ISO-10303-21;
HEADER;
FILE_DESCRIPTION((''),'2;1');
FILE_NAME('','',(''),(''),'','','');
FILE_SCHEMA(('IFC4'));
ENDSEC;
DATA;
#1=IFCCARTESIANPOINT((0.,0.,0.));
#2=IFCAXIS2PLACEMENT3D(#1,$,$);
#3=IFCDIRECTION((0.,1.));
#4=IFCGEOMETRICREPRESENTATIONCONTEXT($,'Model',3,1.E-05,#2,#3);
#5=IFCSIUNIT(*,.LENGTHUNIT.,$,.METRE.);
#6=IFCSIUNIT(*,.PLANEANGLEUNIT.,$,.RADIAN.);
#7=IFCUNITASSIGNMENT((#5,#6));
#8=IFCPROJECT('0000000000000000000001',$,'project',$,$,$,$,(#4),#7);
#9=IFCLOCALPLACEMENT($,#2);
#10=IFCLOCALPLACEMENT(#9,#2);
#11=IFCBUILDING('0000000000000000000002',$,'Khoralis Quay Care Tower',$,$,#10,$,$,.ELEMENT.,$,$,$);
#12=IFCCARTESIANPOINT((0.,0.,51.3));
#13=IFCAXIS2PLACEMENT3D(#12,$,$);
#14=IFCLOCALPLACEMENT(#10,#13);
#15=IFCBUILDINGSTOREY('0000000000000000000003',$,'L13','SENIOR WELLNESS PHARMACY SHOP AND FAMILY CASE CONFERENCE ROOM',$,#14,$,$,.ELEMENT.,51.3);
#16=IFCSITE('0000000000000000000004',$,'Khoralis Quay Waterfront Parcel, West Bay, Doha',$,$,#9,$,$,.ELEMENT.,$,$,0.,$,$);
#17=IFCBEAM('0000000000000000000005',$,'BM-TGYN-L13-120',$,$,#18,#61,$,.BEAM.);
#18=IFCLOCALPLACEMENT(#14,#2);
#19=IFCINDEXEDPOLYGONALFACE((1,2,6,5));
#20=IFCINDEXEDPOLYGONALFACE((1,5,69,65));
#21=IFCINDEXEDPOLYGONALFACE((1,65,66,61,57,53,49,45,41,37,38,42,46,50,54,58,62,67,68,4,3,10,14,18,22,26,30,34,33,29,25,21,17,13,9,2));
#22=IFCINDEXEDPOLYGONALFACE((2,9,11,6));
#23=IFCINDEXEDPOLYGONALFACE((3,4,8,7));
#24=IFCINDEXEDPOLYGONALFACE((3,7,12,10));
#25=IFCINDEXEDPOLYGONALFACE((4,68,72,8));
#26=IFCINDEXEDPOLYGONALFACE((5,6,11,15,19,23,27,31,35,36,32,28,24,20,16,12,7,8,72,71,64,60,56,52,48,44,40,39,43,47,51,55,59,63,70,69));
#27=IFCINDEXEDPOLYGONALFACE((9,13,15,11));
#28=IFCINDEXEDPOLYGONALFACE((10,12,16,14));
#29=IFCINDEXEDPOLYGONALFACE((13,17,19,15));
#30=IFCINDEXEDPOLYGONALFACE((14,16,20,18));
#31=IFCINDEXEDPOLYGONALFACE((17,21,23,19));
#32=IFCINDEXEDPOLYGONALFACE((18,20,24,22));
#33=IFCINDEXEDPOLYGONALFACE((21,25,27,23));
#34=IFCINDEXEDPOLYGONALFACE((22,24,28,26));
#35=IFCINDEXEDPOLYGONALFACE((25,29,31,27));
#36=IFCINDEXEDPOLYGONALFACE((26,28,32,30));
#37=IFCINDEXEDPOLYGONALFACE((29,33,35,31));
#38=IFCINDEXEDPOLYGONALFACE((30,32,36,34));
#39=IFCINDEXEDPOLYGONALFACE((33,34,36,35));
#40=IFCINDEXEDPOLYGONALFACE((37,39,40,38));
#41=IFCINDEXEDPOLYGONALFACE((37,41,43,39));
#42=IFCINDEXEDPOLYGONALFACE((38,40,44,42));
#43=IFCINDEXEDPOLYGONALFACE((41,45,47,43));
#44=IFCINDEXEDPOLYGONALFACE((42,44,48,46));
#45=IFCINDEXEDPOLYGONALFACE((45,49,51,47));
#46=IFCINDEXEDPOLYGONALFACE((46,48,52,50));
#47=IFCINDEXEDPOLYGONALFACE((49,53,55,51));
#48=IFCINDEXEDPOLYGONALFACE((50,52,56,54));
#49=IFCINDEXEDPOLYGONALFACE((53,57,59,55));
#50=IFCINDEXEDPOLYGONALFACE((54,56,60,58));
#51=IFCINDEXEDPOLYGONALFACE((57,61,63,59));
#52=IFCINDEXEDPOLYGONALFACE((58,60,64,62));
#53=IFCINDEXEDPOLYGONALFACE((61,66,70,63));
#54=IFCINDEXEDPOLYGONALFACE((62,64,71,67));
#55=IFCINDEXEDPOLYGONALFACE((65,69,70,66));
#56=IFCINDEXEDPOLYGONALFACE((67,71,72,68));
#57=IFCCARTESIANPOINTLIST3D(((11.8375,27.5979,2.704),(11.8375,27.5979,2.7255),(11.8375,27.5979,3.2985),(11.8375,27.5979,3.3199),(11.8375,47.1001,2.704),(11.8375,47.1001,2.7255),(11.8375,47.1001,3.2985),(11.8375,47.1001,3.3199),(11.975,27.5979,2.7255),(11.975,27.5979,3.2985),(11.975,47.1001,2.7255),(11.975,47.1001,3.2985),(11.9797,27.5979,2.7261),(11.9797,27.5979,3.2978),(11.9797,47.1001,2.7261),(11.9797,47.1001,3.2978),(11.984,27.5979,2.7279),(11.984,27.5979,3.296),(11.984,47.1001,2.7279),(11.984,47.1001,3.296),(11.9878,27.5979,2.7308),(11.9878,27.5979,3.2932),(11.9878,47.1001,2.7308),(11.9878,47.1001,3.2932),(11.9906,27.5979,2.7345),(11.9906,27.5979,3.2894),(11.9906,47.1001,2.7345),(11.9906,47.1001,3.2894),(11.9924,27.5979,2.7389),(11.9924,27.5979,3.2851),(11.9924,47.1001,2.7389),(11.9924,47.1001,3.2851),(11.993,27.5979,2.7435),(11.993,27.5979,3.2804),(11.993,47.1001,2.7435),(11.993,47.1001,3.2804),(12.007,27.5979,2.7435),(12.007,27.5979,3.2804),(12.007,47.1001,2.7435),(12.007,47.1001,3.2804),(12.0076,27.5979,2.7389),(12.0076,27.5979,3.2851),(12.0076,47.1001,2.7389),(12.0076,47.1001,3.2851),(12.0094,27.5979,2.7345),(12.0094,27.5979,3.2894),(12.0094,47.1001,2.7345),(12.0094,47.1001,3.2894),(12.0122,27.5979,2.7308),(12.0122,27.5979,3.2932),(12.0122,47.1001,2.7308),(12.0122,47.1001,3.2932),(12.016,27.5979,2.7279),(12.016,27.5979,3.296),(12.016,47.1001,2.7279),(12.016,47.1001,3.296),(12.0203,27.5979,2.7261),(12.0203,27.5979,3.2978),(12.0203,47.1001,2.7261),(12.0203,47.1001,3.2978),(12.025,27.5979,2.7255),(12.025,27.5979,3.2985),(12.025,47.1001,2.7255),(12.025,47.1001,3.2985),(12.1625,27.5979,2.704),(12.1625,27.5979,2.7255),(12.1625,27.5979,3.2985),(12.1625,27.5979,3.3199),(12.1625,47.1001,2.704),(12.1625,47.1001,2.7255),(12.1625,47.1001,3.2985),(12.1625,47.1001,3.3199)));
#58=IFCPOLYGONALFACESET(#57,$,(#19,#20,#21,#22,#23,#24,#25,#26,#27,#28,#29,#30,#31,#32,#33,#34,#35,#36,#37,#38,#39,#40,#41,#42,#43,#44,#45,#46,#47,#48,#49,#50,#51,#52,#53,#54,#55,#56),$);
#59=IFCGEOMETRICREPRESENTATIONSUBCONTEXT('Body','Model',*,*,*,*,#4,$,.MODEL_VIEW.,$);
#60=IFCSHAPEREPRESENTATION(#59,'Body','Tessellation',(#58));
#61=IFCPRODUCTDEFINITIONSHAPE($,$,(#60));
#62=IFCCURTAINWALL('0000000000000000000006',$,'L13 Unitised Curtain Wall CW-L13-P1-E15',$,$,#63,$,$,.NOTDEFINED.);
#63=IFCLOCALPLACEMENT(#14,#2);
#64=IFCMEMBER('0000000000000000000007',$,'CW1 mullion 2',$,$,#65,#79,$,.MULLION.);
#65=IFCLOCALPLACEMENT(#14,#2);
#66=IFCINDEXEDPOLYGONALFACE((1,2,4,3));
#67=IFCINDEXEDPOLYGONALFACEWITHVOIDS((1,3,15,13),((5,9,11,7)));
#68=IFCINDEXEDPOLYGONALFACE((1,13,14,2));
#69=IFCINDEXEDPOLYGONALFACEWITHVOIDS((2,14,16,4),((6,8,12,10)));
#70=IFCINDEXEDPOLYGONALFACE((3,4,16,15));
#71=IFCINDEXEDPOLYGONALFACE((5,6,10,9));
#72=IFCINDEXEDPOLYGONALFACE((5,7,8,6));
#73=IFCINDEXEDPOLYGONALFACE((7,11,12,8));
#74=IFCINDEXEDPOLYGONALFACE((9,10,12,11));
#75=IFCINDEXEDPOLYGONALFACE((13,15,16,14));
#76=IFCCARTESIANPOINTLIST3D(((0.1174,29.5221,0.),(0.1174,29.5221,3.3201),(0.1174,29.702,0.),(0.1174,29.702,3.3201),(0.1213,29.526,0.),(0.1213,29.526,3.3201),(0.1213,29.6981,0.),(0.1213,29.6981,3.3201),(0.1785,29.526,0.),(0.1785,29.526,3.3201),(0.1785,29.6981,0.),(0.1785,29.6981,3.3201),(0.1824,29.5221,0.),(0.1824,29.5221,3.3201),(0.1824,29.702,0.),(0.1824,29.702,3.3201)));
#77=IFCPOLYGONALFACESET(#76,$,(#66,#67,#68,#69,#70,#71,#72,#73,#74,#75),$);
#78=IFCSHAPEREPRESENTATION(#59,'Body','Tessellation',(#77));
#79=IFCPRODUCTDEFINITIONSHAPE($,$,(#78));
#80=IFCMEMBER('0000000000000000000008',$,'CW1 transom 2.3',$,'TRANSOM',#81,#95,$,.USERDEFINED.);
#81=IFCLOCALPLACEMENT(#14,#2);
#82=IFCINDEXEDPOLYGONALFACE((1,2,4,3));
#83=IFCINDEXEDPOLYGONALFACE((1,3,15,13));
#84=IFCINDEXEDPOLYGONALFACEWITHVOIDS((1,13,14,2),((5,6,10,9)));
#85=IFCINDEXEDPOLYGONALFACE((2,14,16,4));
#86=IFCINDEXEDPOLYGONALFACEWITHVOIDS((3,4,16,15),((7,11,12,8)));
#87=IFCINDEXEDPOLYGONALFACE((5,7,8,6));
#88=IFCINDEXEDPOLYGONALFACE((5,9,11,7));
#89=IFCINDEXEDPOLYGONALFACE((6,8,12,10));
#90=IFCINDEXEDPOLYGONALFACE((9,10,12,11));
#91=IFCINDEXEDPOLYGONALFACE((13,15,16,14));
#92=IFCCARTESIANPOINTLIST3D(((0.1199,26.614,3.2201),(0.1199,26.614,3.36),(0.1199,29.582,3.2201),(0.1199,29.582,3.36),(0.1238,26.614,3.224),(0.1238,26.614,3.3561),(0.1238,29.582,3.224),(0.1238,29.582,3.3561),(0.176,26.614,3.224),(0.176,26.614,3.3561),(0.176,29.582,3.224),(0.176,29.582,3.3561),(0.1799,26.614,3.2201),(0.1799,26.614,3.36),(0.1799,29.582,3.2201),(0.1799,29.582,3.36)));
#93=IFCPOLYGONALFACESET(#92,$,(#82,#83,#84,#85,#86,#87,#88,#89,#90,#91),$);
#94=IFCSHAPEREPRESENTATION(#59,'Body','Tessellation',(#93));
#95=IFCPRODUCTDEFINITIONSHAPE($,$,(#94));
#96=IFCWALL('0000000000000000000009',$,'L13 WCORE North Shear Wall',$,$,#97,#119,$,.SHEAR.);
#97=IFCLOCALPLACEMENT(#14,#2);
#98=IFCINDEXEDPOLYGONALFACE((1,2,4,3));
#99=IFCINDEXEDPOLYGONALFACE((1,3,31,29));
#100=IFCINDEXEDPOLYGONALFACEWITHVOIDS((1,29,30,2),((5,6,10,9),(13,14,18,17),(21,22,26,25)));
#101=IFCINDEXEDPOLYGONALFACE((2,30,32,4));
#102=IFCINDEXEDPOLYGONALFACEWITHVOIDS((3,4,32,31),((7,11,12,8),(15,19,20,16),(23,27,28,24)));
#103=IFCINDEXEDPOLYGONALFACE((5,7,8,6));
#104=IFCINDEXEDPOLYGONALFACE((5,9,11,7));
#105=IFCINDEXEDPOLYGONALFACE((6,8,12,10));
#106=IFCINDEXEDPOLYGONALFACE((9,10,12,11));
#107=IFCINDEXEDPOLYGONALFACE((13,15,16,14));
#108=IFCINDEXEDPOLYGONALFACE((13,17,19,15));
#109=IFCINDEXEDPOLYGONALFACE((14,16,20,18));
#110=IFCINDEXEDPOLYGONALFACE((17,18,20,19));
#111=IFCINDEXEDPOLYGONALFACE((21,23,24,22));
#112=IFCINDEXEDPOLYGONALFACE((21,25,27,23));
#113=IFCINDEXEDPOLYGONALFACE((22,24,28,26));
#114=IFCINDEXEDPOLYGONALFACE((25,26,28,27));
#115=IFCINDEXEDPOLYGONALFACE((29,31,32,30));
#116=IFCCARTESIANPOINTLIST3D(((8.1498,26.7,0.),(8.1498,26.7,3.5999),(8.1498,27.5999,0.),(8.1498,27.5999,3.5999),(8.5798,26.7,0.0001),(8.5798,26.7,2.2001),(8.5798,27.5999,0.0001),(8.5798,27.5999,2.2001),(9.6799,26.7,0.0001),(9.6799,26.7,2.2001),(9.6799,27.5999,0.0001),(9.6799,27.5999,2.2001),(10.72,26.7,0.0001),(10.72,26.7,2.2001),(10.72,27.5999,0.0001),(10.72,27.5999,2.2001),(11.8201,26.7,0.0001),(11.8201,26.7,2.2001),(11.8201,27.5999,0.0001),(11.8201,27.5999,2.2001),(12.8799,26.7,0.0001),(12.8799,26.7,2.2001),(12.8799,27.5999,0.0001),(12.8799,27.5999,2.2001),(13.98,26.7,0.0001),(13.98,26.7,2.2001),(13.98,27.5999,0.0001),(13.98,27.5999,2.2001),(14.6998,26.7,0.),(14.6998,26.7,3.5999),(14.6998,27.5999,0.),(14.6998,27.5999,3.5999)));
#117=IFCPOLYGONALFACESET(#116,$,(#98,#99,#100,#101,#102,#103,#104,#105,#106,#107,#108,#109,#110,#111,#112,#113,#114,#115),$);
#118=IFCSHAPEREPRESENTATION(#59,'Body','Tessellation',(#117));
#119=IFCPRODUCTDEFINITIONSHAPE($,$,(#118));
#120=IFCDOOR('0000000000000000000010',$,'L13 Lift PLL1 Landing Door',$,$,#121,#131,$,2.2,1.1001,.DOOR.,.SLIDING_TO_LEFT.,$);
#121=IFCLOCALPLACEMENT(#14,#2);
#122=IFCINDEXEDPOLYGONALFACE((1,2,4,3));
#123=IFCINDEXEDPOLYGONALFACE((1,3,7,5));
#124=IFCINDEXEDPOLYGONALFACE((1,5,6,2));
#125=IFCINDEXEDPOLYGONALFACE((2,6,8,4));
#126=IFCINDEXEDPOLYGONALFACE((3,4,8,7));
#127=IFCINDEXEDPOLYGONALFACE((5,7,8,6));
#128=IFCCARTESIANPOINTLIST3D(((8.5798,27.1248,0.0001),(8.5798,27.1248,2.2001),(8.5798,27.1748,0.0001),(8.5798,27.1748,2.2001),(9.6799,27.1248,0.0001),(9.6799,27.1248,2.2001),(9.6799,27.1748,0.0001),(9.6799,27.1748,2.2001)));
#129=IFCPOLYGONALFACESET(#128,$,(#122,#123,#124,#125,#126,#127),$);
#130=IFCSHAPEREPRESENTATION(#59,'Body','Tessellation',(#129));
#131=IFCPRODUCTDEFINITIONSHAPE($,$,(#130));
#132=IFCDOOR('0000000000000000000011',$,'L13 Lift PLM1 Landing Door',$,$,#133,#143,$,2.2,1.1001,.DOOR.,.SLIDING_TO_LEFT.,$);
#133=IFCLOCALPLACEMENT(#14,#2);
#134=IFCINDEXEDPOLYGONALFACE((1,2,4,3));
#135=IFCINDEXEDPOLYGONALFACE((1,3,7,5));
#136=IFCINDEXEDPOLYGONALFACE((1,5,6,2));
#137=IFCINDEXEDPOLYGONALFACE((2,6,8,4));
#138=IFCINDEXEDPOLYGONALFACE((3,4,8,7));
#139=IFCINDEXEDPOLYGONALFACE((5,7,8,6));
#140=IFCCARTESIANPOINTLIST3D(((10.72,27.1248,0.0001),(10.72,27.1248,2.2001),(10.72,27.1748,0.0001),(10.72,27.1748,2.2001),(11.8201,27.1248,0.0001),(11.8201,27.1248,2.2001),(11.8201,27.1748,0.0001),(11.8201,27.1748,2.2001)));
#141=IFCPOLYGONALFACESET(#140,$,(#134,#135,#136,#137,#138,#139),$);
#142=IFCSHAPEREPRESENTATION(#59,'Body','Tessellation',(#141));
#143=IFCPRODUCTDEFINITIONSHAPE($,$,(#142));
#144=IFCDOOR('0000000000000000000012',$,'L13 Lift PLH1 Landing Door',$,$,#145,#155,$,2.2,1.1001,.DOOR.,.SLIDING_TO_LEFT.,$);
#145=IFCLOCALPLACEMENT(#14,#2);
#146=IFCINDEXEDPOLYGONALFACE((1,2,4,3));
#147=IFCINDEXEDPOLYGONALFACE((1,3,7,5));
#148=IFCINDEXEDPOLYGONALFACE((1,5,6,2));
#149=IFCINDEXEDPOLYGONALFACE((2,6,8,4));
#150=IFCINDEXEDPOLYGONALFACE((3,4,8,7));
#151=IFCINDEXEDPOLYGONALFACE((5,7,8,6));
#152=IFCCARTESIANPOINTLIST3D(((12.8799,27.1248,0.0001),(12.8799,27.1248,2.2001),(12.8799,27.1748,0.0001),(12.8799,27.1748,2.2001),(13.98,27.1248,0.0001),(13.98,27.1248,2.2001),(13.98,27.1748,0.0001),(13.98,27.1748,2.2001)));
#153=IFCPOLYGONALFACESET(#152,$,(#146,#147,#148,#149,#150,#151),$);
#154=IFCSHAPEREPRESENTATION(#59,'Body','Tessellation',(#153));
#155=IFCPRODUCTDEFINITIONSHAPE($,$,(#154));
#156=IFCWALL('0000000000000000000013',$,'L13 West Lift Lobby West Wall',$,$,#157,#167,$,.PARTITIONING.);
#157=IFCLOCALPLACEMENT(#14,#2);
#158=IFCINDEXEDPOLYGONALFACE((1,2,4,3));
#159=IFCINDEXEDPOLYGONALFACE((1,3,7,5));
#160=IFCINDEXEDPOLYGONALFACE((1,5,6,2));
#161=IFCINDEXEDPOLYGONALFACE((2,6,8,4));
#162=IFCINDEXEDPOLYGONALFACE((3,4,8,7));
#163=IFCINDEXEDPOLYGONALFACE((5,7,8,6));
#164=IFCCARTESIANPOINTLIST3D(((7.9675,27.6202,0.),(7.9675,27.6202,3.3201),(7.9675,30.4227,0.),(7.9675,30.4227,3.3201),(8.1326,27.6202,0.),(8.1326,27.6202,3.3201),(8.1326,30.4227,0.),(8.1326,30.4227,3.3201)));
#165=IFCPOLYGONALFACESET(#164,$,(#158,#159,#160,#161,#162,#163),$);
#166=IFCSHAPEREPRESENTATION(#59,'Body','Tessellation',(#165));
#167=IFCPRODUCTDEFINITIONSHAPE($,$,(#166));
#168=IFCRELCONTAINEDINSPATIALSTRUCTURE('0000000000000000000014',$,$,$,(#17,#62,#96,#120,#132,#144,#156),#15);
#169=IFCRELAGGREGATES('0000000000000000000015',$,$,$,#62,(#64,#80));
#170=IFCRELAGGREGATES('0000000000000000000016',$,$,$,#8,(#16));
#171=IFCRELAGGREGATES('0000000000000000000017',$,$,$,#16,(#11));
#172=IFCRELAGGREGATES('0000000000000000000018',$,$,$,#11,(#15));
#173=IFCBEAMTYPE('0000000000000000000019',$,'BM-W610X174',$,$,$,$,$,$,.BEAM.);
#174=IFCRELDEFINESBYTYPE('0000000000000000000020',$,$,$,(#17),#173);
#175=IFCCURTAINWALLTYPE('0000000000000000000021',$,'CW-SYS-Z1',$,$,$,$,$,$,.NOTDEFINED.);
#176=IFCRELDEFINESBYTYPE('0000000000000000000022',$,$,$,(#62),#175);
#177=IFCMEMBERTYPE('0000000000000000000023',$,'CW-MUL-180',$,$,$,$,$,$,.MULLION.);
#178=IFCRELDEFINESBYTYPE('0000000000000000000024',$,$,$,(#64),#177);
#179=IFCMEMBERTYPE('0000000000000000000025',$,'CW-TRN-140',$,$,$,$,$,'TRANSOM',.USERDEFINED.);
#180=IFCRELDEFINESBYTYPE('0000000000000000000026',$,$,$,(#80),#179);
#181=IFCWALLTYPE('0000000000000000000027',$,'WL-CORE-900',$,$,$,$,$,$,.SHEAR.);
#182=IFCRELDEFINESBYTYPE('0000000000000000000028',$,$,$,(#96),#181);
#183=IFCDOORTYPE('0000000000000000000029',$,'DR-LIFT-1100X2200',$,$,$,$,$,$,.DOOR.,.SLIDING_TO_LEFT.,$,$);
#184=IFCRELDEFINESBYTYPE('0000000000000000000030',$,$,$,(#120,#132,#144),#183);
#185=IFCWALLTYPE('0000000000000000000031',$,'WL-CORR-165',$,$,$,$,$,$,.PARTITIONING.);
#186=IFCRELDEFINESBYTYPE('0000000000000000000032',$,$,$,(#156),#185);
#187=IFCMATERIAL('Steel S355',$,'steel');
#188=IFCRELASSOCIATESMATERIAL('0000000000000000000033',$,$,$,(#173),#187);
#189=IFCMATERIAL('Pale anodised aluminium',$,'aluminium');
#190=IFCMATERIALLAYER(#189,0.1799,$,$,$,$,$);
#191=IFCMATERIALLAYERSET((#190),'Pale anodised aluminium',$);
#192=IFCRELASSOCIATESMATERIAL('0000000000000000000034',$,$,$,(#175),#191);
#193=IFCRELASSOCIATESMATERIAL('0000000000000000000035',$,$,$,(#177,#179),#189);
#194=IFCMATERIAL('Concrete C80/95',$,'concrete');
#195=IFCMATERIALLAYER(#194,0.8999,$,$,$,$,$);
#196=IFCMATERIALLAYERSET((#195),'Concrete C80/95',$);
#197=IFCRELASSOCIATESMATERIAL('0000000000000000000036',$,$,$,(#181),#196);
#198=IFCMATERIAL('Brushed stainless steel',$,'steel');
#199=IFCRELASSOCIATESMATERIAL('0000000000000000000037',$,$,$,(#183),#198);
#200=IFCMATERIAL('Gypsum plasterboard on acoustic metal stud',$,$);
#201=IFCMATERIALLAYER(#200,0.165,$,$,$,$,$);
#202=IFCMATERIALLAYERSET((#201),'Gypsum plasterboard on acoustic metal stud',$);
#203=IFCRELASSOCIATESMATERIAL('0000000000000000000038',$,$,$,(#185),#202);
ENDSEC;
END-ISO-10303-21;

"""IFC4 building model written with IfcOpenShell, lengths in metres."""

from ifc_helpers import new_model, si_unit, direction, frame, frame_2d, origin, origin_2d, place, context, subcontext, project, spatial, rectangle, hollow_rectangle, i_section, extrude, source, transform, mapped, material, layer, layer_set, material_profile, profile_set, type_object, element, fill, aggregate, save


model = new_model("IFC4")

# Units and contexts
model_context = context("Model", 3, precision=1e-05, world=origin(), true_north=direction((0.0, 1.0)))
body_context = subcontext(model_context, "Body", "Model", "MODEL_VIEW")
ifc_project = project(units=[si_unit("LENGTHUNIT", "METRE"), si_unit("PLANEANGLEUNIT", "RADIAN")], contexts=[model_context])

# Site, building, storey
site_placement = place(None, origin())
site = spatial("IfcSite", under=ifc_project, at=site_placement, Name="Khoralis Quay Waterfront Parcel, West Bay, Doha", CompositionType="ELEMENT", RefElevation=0.0)
building_placement = place(site_placement, origin())
building = spatial("IfcBuilding", under=site, at=building_placement, Name="Khoralis Quay Care Tower", CompositionType="ELEMENT")
storey_placement = place(building_placement, frame((0.0, 0.0, 51.3)))
storey = spatial("IfcBuildingStorey", under=building, at=storey_placement, Name="L13", Description="SENIOR WELLNESS PHARMACY SHOP AND FAMILY CASE CONFERENCE ROOM", CompositionType="ELEMENT", Elevation=51.3)

# Shared definitions
ifc_material_1 = material(Name="Concrete C80/95", Category="concrete")

# Beam
ifc_material_2 = material(Name="Steel S355", Category="steel")
ifc_material_profile_1 = material_profile(ifc_material_2, i_section(OverallWidth=0.325, OverallDepth=0.616, WebThickness=0.0139, FlangeThickness=0.0215, FilletRadius=0.0181, at=origin_2d()), Name="Steel S355")
ifc_profile_set_1 = profile_set([ifc_material_profile_1], Name="Steel S355")
beam_type_1 = type_object("IfcBeamType", Name="BM-W610X174", PredefinedType="BEAM", material=ifc_profile_set_1)
shared_shape_1 = source(origin(), body_context, "Body", "SweptSolid", [
    extrude(i_section(OverallWidth=0.325, OverallDepth=0.616, WebThickness=0.0139, FlangeThickness=0.0215, FilletRadius=0.0181, at=origin_2d()), origin(), (0.0, 0.0, 1.0), 19.5022),
])
beam_1_placement = place(storey_placement, frame((12.0, 27.5979, 3.012), z_axis=(0.0, 1.0, 0.0), x_axis=(-1.0, 0.0, 0.0)))
element("IfcBeam", 1, at=beam_1_placement, inside=storey, type_object=beam_type_1, Name="BM-TGYN-L13-120", PredefinedType="BEAM", context=body_context, shape_type="MappedRepresentation", body=[
    mapped(shared_shape_1, transform((0.0, 0.0, 0.0), scale=1.0)),
])

# Curtain wall, members
ifc_material_3 = material(Name="Pale anodised aluminium", Category="aluminium")
ifc_layer_1 = layer(ifc_material_3, 0.1799)
ifc_layer_set_1 = layer_set([ifc_layer_1], Name="Pale anodised aluminium")
curtain_wall_type = type_object("IfcCurtainWallType", Name="CW-SYS-Z1", PredefinedType="NOTDEFINED", material=ifc_layer_set_1)
curtain_wall_placement = place(storey_placement, origin())
curtain_wall = element("IfcCurtainWall", 2, at=curtain_wall_placement, inside=storey, type_object=curtain_wall_type, Name="L13 Unitised Curtain Wall CW-L13-P1-E15", PredefinedType="NOTDEFINED")
ifc_material_profile_2 = material_profile(ifc_material_3, hollow_rectangle(XDim=0.0649, YDim=0.1799, WallThickness=0.0039, at=origin_2d()), Name="Pale anodised aluminium")
ifc_profile_set_2 = profile_set([ifc_material_profile_2], Name="Pale anodised aluminium")
member_type_1 = type_object("IfcMemberType", Name="CW-MUL-180", PredefinedType="MULLION", material=ifc_profile_set_2)
shared_shape_2 = source(origin(), body_context, "Body", "SweptSolid", [
    extrude(hollow_rectangle(XDim=0.0649, YDim=0.1799, WallThickness=0.0039, at=origin_2d()), origin(), (0.0, 0.0, 1.0), 3.3201),
])
member_1_placement = place(storey_placement, frame((0.1499, 29.6121, 0.0), z_axis=(0.0, 0.0, 1.0), x_axis=(1.0, 0.0, 0.0)))
member_1 = element("IfcMember", 3, at=member_1_placement, type_object=member_type_1, Name="CW1 mullion 2", PredefinedType="MULLION", context=body_context, shape_type="MappedRepresentation", body=[
    mapped(shared_shape_2, transform((0.0, 0.0, 0.0), scale=1.0)),
])
ifc_material_profile_3 = material_profile(ifc_material_3, hollow_rectangle(XDim=0.0601, YDim=0.1399, WallThickness=0.0039, at=origin_2d()), Name="Pale anodised aluminium")
ifc_profile_set_3 = profile_set([ifc_material_profile_3], Name="Pale anodised aluminium")
member_type_2 = type_object("IfcMemberType", Name="CW-TRN-140", ElementType="TRANSOM", PredefinedType="USERDEFINED", material=ifc_profile_set_3)
shared_shape_3 = source(origin(), body_context, "Body", "SweptSolid", [
    extrude(hollow_rectangle(XDim=0.0601, YDim=0.1399, WallThickness=0.0039, at=origin_2d()), origin(), (0.0, 0.0, 1.0), 2.968),
])
member_2_placement = place(storey_placement, frame((0.1499, 29.582, 3.29), z_axis=(0.0, -1.0, 0.0), x_axis=(1.0, 0.0, 0.0)))
member_2 = element("IfcMember", 4, at=member_2_placement, type_object=member_type_2, Name="CW1 transom 2.3", ObjectType="TRANSOM", PredefinedType="USERDEFINED", context=body_context, shape_type="MappedRepresentation", body=[
    mapped(shared_shape_3, transform((0.0, 0.0, 0.0), scale=1.0)),
])
aggregate(curtain_wall, [member_1, member_2])

# Wall, openings, doors
ifc_layer_2 = layer(ifc_material_1, 0.8999)
ifc_layer_set_2 = layer_set([ifc_layer_2], Name="Concrete C80/95")
wall_type_1 = type_object("IfcWallType", Name="WL-CORE-900", PredefinedType="SHEAR", material=ifc_layer_set_2)
wall_1_placement = place(storey_placement, frame((8.1499, 27.1499, 0.0), z_axis=(0.0, 0.0, 1.0), x_axis=(1.0, 0.0, 0.0)))
wall_1 = element("IfcWall", 5, at=wall_1_placement, inside=storey, type_object=wall_type_1, Name="L13 WCORE North Shear Wall", PredefinedType="SHEAR", context=body_context, shape_type="SweptSolid", body=[
    extrude(rectangle(XDim=6.55, YDim=0.8999, at=frame_2d((3.2749, 0.0))), origin(), (0.0, 0.0, 1.0), 3.5999),
])
opening_1_placement = place(wall_1_placement, frame((0.4299, 0.0, 0.0)))
opening_1 = element("IfcOpeningElement", 6, at=opening_1_placement, cuts=wall_1, PredefinedType="OPENING", context=body_context, shape_type="SweptSolid", body=[
    extrude(rectangle(XDim=1.1001, YDim=2.2, at=frame_2d((0.55, 1.1001))), frame((0.0, 0.46, 0.0), z_axis=(0.0, -1.0, 0.0), x_axis=(1.0, 0.0, 0.0)), (0.0, 0.0, 1.0), 0.9199),
])
opening_2_placement = place(wall_1_placement, frame((2.5701, 0.0, 0.0)))
opening_2 = element("IfcOpeningElement", 7, at=opening_2_placement, cuts=wall_1, PredefinedType="OPENING", context=body_context, shape_type="SweptSolid", body=[
    extrude(rectangle(XDim=1.1001, YDim=2.2, at=frame_2d((0.55, 1.1001))), frame((0.0, 0.46, 0.0), z_axis=(0.0, -1.0, 0.0), x_axis=(1.0, 0.0, 0.0)), (0.0, 0.0, 1.0), 0.9199),
])
opening_3_placement = place(wall_1_placement, frame((4.73, 0.0, 0.0)))
opening_3 = element("IfcOpeningElement", 8, at=opening_3_placement, cuts=wall_1, PredefinedType="OPENING", context=body_context, shape_type="SweptSolid", body=[
    extrude(rectangle(XDim=1.1001, YDim=2.2, at=frame_2d((0.55, 1.1001))), frame((0.0, 0.46, 0.0), z_axis=(0.0, -1.0, 0.0), x_axis=(1.0, 0.0, 0.0)), (0.0, 0.0, 1.0), 0.9199),
])
ifc_material_4 = material(Name="Brushed stainless steel", Category="steel")
door_type_1 = type_object("IfcDoorType", Name="DR-LIFT-1100X2200", OperationType="SLIDING_TO_LEFT", PredefinedType="DOOR", material=ifc_material_4)
shared_shape_4 = source(origin(), body_context, "Body", "SweptSolid", [
    extrude(rectangle(XDim=1.1001, YDim=2.2, at=frame_2d((0.55, 1.1001))), frame((0.0, 0.0249, 0.0), z_axis=(0.0, -1.0, 0.0), x_axis=(1.0, 0.0, 0.0)), (0.0, 0.0, 1.0), 0.05),
])
door_1_placement = place(opening_1_placement, origin())
door_1 = element("IfcDoor", 9, at=door_1_placement, inside=storey, type_object=door_type_1, Name="L13 Lift PLL1 Landing Door", OperationType="SLIDING_TO_LEFT", OverallHeight=2.2, OverallWidth=1.1001, PredefinedType="DOOR", context=body_context, shape_type="MappedRepresentation", body=[
    mapped(shared_shape_4, transform((0.0, 0.0, 0.0), scale=1.0)),
])
fill(opening_1, door_1)
door_2_placement = place(opening_2_placement, origin())
door_2 = element("IfcDoor", 10, at=door_2_placement, inside=storey, type_object=door_type_1, Name="L13 Lift PLM1 Landing Door", OperationType="SLIDING_TO_LEFT", OverallHeight=2.2, OverallWidth=1.1001, PredefinedType="DOOR", context=body_context, shape_type="MappedRepresentation", body=[
    mapped(shared_shape_4, transform((0.0, 0.0, 0.0), scale=1.0)),
])
fill(opening_2, door_2)
door_3_placement = place(opening_3_placement, origin())
door_3 = element("IfcDoor", 11, at=door_3_placement, inside=storey, type_object=door_type_1, Name="L13 Lift PLH1 Landing Door", OperationType="SLIDING_TO_LEFT", OverallHeight=2.2, OverallWidth=1.1001, PredefinedType="DOOR", context=body_context, shape_type="MappedRepresentation", body=[
    mapped(shared_shape_4, transform((0.0, 0.0, 0.0), scale=1.0)),
])
fill(opening_3, door_3)

# Wall
ifc_material_5 = material(Name="Gypsum plasterboard on acoustic metal stud")
ifc_layer_3 = layer(ifc_material_5, 0.165)
ifc_layer_set_3 = layer_set([ifc_layer_3], Name="Gypsum plasterboard on acoustic metal stud")
wall_type_2 = type_object("IfcWallType", Name="WL-CORR-165", PredefinedType="PARTITIONING", material=ifc_layer_set_3)
for number, where, z_axis, x_axis, name in (
    (12, (8.05, 27.6201, 0.0), (0.0, 0.0, 1.0), (0.0, 1.0, 0.0), "L13 West Lift Lobby West Wall"),
):
    element("IfcWall", number, at=place(storey_placement, frame(where, z_axis=z_axis, x_axis=x_axis)), inside=storey, type_object=wall_type_2, Name=name, PredefinedType="PARTITIONING", context=body_context, shape_type="SweptSolid", body=[
        extrude(rectangle(XDim=2.8025, YDim=0.165, at=frame_2d((1.4014, 0.0))), origin(), (0.0, 0.0, 1.0), 3.3201),
    ])

save(model, "model.ifc")
